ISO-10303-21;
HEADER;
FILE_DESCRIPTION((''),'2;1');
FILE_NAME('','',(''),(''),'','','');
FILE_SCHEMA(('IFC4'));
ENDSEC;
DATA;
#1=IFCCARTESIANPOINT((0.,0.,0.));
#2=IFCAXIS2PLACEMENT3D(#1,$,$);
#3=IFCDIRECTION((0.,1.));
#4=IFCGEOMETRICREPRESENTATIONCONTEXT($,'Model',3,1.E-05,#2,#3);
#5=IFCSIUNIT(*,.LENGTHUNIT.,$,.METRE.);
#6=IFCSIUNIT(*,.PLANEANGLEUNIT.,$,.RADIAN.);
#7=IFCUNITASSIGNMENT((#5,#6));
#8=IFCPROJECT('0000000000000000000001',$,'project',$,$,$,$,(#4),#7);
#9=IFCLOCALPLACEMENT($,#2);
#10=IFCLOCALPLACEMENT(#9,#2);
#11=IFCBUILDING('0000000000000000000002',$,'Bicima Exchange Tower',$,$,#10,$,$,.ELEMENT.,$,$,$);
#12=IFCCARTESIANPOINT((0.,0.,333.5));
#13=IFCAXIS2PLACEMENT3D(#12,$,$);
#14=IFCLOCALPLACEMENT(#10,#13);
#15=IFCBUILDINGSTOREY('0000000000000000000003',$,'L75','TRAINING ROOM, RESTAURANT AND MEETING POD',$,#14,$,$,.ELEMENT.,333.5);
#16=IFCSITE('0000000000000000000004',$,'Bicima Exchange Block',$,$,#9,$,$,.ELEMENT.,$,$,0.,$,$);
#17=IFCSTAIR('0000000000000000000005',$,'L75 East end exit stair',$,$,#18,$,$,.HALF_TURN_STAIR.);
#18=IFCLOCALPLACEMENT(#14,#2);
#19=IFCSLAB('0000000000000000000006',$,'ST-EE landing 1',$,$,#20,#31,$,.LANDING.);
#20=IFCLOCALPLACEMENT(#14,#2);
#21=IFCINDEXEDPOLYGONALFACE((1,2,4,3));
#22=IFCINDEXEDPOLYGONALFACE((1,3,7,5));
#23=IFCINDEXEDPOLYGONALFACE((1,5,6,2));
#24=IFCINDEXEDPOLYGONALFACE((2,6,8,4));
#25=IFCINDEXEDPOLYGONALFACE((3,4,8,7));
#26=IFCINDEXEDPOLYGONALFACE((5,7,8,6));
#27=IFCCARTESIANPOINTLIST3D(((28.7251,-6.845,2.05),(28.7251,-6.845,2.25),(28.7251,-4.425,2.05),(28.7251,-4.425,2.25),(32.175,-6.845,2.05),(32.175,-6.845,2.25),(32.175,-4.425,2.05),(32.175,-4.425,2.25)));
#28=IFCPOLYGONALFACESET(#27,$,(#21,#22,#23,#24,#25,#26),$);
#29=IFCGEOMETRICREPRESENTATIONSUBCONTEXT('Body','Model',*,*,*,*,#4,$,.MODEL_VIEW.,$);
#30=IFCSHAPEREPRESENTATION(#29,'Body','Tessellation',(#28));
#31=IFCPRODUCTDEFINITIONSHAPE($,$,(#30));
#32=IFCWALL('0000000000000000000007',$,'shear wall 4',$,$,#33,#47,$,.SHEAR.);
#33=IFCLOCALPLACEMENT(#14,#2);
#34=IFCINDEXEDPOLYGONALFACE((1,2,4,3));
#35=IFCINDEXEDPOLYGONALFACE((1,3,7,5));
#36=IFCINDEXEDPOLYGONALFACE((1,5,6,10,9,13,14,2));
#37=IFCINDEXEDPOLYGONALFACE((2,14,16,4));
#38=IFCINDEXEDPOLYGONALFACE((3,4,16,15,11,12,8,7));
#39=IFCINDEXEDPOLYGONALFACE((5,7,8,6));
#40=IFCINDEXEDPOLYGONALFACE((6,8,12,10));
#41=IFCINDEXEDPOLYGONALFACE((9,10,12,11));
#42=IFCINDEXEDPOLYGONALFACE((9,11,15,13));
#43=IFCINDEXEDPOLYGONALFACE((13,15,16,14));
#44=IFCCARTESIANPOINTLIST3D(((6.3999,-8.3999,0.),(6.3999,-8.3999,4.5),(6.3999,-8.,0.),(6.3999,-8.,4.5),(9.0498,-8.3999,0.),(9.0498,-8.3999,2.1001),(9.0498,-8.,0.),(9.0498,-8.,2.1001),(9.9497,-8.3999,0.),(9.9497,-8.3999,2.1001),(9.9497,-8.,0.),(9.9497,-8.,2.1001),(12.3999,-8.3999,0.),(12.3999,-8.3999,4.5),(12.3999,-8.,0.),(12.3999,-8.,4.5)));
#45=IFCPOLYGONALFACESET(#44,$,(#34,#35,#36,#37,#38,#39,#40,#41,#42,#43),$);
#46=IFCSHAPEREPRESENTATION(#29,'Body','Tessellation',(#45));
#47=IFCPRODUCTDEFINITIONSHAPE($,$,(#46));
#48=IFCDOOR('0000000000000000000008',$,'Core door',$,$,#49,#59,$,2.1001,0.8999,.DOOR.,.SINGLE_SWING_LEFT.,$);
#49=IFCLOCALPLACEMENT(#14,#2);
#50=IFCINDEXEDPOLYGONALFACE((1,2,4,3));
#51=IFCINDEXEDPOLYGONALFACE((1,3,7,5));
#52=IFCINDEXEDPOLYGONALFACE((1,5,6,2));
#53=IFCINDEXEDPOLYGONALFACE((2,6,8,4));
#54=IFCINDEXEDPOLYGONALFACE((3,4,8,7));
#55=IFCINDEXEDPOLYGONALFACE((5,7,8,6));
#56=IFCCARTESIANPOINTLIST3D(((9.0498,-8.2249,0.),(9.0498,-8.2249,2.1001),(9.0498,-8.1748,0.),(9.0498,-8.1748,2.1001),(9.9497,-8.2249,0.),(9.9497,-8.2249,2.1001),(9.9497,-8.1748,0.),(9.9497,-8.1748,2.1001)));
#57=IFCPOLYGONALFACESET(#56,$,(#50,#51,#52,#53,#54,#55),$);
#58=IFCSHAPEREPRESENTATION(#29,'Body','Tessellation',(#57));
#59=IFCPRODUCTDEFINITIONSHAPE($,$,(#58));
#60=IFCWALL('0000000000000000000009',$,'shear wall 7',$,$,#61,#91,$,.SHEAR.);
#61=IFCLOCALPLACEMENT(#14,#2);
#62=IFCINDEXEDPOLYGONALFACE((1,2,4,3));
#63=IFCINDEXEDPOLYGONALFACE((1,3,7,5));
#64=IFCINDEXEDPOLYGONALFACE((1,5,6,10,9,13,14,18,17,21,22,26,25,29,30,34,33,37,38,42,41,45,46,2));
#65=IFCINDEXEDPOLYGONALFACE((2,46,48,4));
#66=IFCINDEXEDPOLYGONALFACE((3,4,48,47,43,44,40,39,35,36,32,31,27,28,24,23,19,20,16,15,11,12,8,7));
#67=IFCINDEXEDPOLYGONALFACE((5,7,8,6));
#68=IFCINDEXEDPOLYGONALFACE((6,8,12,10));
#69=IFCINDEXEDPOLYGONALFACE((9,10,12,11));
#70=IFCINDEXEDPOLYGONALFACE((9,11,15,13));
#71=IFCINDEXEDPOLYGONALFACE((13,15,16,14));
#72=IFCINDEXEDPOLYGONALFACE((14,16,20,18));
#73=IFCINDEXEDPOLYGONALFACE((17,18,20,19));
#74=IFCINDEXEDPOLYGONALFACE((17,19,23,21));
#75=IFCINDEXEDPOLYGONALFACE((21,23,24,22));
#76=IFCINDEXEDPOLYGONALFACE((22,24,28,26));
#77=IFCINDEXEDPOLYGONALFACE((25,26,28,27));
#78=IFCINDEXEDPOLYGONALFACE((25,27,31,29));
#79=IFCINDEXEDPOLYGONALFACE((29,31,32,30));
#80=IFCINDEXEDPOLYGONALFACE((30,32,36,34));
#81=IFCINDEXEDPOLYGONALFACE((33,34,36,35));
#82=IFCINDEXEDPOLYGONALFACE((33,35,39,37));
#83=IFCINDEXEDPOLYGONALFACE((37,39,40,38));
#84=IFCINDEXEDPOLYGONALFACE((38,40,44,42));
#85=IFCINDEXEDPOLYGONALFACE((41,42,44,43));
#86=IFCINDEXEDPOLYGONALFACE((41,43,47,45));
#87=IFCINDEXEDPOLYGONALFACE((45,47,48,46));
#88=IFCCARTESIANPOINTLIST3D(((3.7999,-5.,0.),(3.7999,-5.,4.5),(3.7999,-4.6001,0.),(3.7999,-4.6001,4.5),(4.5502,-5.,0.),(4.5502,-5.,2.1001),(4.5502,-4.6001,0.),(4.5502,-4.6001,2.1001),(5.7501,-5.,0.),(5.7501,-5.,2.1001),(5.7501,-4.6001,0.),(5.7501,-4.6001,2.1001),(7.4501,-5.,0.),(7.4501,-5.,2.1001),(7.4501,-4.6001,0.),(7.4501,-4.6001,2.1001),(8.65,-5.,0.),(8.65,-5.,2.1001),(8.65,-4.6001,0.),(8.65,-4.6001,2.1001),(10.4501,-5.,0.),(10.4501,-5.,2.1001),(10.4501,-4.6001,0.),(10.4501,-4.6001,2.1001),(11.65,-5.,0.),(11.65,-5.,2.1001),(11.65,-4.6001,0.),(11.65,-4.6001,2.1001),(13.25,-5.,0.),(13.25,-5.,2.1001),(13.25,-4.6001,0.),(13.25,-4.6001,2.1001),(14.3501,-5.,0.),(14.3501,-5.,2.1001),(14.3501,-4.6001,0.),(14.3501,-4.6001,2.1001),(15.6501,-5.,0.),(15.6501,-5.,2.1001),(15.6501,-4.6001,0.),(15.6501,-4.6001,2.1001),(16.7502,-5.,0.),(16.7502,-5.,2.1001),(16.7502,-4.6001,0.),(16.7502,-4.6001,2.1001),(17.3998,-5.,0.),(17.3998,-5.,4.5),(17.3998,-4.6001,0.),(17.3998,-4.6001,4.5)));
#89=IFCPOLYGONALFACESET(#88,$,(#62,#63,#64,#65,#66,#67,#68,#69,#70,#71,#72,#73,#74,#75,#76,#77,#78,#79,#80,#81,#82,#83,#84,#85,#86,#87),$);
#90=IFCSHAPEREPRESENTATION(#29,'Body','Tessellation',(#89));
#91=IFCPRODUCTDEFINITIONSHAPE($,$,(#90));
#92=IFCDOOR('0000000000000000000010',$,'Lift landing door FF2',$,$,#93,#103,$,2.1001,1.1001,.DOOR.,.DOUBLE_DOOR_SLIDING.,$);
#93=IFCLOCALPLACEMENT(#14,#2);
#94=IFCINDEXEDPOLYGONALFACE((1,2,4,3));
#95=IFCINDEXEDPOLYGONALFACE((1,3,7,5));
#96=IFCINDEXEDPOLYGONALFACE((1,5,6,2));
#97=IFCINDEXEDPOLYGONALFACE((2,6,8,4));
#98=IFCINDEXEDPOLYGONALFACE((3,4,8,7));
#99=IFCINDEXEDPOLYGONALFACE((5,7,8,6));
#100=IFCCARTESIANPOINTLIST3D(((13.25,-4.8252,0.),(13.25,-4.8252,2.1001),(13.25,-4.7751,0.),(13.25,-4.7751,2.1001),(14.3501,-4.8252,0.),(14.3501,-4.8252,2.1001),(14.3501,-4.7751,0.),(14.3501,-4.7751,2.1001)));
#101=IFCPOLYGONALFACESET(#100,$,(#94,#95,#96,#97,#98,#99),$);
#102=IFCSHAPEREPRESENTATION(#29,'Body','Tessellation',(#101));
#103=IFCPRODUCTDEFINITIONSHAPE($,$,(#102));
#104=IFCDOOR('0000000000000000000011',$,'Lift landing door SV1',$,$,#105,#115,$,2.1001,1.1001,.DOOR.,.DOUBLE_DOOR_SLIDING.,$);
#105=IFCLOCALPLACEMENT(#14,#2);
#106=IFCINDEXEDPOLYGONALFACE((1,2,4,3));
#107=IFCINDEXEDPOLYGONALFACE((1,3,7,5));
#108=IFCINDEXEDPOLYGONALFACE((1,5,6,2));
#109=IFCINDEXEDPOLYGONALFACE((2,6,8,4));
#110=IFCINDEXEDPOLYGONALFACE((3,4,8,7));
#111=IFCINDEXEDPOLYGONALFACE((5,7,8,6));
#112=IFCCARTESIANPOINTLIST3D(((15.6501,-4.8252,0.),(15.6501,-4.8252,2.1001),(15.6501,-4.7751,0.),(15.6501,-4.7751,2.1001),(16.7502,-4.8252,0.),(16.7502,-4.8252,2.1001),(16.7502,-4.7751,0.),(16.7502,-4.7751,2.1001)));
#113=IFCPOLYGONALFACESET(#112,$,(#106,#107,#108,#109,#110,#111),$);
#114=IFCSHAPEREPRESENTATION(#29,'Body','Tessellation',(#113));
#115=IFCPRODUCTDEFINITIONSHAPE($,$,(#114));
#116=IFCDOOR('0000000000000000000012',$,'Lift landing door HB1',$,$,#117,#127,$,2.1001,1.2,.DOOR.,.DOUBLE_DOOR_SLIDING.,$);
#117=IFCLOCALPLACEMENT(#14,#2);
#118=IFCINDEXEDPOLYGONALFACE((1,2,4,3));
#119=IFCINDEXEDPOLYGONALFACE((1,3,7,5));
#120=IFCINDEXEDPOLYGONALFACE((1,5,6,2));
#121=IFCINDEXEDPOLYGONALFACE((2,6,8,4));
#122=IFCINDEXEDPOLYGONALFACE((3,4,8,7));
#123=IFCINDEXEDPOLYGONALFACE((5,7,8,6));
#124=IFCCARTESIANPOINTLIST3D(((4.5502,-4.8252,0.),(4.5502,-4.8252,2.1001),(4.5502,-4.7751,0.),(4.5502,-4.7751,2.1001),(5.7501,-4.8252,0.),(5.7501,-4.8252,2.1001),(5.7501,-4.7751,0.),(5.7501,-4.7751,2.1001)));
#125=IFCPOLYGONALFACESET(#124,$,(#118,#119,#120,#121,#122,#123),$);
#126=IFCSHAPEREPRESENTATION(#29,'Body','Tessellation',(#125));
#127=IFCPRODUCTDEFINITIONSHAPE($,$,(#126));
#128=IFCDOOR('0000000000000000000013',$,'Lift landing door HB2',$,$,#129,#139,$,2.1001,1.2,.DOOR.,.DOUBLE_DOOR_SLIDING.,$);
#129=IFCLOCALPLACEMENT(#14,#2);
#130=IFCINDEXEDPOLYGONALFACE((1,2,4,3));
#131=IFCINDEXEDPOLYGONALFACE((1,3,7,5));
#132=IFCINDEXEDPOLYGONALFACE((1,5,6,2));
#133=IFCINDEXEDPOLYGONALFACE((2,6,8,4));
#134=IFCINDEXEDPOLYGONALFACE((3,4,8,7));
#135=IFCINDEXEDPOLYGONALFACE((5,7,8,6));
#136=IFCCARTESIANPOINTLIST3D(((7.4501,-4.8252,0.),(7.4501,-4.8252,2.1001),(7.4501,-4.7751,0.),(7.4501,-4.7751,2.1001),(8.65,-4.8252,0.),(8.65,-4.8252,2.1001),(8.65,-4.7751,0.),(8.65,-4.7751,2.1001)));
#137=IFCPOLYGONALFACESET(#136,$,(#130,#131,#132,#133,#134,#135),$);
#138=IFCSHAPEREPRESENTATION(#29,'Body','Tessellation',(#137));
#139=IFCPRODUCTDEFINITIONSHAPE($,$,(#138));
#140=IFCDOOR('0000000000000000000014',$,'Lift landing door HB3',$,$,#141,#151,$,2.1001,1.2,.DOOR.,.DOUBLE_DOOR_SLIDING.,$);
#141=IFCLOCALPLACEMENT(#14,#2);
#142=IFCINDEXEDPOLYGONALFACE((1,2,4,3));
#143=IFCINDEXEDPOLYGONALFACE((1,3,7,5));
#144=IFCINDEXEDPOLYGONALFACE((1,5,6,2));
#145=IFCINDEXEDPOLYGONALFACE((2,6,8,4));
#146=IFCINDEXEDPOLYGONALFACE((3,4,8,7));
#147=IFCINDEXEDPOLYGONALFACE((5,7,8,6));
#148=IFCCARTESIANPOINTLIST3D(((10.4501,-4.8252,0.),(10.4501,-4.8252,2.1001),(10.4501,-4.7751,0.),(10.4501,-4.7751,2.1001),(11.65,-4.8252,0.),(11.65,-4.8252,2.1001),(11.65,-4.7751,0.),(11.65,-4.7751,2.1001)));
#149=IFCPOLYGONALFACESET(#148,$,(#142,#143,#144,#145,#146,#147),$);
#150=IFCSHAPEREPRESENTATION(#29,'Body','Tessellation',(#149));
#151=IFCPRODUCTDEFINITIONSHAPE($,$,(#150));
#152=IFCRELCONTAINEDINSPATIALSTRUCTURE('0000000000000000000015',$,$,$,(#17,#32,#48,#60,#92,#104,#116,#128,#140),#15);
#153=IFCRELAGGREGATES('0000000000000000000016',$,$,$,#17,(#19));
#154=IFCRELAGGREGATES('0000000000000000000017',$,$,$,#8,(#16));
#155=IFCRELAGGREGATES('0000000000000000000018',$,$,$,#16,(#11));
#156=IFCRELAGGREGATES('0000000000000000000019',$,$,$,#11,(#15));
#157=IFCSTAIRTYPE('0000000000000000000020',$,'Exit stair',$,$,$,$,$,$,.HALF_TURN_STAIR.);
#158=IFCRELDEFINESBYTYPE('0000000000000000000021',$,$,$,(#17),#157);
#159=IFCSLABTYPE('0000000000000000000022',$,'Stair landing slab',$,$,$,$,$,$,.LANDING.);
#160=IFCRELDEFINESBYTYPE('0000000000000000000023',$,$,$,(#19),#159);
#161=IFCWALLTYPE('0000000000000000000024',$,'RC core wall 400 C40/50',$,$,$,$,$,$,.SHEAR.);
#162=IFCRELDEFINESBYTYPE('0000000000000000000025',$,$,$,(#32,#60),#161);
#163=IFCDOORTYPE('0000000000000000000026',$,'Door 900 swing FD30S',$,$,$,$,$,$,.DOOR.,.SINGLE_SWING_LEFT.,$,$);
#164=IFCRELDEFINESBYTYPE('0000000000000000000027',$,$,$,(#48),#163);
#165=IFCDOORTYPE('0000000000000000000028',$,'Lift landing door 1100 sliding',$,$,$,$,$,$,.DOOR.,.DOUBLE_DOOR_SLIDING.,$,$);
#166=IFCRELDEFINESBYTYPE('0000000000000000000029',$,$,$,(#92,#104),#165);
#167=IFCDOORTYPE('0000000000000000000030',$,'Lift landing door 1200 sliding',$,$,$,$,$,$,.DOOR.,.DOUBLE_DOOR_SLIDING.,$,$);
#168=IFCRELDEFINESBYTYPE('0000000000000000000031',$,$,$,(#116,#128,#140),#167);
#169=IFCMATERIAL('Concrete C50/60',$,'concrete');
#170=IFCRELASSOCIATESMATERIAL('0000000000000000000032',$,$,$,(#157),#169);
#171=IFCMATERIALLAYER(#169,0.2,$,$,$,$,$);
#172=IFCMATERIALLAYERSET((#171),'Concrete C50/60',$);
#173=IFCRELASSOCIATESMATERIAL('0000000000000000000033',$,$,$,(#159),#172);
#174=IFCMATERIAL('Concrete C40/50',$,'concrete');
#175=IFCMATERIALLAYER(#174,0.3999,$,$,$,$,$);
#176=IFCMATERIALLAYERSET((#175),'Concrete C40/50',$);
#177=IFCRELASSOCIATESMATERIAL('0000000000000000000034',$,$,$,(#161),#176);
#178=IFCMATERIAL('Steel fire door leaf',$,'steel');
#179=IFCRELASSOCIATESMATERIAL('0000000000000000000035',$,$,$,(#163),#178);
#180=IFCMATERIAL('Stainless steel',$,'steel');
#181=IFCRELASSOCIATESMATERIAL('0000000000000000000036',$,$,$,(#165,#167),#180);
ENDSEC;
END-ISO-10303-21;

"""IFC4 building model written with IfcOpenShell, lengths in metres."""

from ifc_helpers import new_model, si_unit, direction, frame, frame_2d, origin, place, context, subcontext, project, spatial, polyline, rectangle, outline, extrude, material, layer, layer_set, type_object, element, fill, aggregate, save


model = new_model("IFC4")

# Units and contexts
model_context = context("Model", 3, precision=1e-05, world=origin(), true_north=direction((0.0, 1.0)))
body_context = subcontext(model_context, "Body", "Model", "MODEL_VIEW")
ifc_project = project(units=[si_unit("LENGTHUNIT", "METRE"), si_unit("PLANEANGLEUNIT", "RADIAN")], contexts=[model_context])

# Site, building, storey
site_placement = place(None, origin())
site = spatial("IfcSite", under=ifc_project, at=site_placement, Name="Bicima Exchange Block", CompositionType="ELEMENT", RefElevation=0.0)
building_placement = place(site_placement, origin())
building = spatial("IfcBuilding", under=site, at=building_placement, Name="Bicima Exchange Tower", CompositionType="ELEMENT")
storey_placement = place(building_placement, frame((0.0, 0.0, 333.5)))
storey = spatial("IfcBuildingStorey", under=building, at=storey_placement, Name="L75", Description="TRAINING ROOM, RESTAURANT AND MEETING POD", CompositionType="ELEMENT", Elevation=333.5)

# Shared definitions
ifc_material_1 = material(Name="Concrete C40/50", Category="concrete")

# Stair, slab
ifc_material_2 = material(Name="Concrete C50/60", Category="concrete")
stair_type_1 = type_object("IfcStairType", Name="Exit stair", PredefinedType="HALF_TURN_STAIR", material=ifc_material_2)
ifc_layer_1 = layer(ifc_material_2, 0.2)
ifc_layer_set_1 = layer_set([ifc_layer_1], Name="Concrete C50/60")
slab_type_1 = type_object("IfcSlabType", Name="Stair landing slab", PredefinedType="LANDING", material=ifc_layer_set_1)
stair_1_placement = place(storey_placement, origin())
stair_1 = element("IfcStair", 1, at=stair_1_placement, inside=storey, type_object=stair_type_1, Name="L75 East end exit stair", PredefinedType="HALF_TURN_STAIR")
slab_1_placement = place(storey_placement, frame((0.0, 0.0, 2.05)))
slab_1 = element("IfcSlab", 2, at=slab_1_placement, type_object=slab_type_1, Name="ST-EE landing 1", PredefinedType="LANDING", context=body_context, shape_type="SweptSolid", body=[
    extrude(outline(polyline([(32.175, -6.845), (32.175, -4.425), (28.7251, -4.425), (28.7251, -6.845), (32.175, -6.845)])), origin(), (0.0, 0.0, 1.0), 0.2),
])
aggregate(stair_1, [slab_1])

# Wall, opening, door
ifc_layer_2 = layer(ifc_material_1, 0.3999)
ifc_layer_set_2 = layer_set([ifc_layer_2], Name="Concrete C40/50")
wall_type_1 = type_object("IfcWallType", Name="RC core wall 400 C40/50", PredefinedType="SHEAR", material=ifc_layer_set_2)
wall_1_placement = place(storey_placement, frame((6.3999, -8.2, 0.0), z_axis=(0.0, 0.0, 1.0), x_axis=(1.0, 0.0, 0.0)))
wall_1 = element("IfcWall", 3, at=wall_1_placement, inside=storey, type_object=wall_type_1, Name="shear wall 4", PredefinedType="SHEAR", context=body_context, shape_type="SweptSolid", body=[
    extrude(rectangle(XDim=6.0, YDim=0.3999, at=frame_2d((3.0, 0.0))), origin(), (0.0, 0.0, 1.0), 4.5),
])
opening_1_placement = place(wall_1_placement, frame((2.6499, 0.0, 0.0)))
opening_1 = element("IfcOpeningElement", 4, at=opening_1_placement, cuts=wall_1, PredefinedType="OPENING", context=body_context, shape_type="SweptSolid", body=[
    extrude(rectangle(XDim=0.8999, YDim=2.1001, at=frame_2d((0.45, 1.05))), frame((0.0, 0.2119, 0.0), z_axis=(0.0, -1.0, 0.0), x_axis=(1.0, 0.0, 0.0)), (0.0, 0.0, 1.0), 0.4238),
])
ifc_material_3 = material(Name="Steel fire door leaf", Category="steel")
door_type_1 = type_object("IfcDoorType", Name="Door 900 swing FD30S", OperationType="SINGLE_SWING_LEFT", PredefinedType="DOOR", material=ifc_material_3)
door_1_placement = place(opening_1_placement, frame((0.8999, 0.0, 0.0), z_axis=(0.0, 0.0, 1.0), x_axis=(-1.0, 0.0, 0.0)))
door_1 = element("IfcDoor", 5, at=door_1_placement, inside=storey, type_object=door_type_1, Name="Core door", OperationType="SINGLE_SWING_LEFT", OverallHeight=2.1001, OverallWidth=0.8999, PredefinedType="DOOR", context=body_context, shape_type="SweptSolid", body=[
    extrude(rectangle(XDim=0.8999, YDim=2.1001, at=frame_2d((0.45, 1.05))), frame((0.0, 0.0249, 0.0), z_axis=(0.0, -1.0, 0.0), x_axis=(1.0, 0.0, 0.0)), (0.0, 0.0, 1.0), 0.05),
])
fill(opening_1, door_1)

# Wall, openings, doors
wall_2_placement = place(storey_placement, frame((3.8, -4.8, 0.0), z_axis=(0.0, 0.0, 1.0), x_axis=(1.0, 0.0, 0.0)))
wall_2 = element("IfcWall", 6, at=wall_2_placement, inside=storey, type_object=wall_type_1, Name="shear wall 7", PredefinedType="SHEAR", context=body_context, shape_type="SweptSolid", body=[
    extrude(rectangle(XDim=13.5999, YDim=0.3999, at=frame_2d((6.7998, 0.0))), origin(), (0.0, 0.0, 1.0), 4.5),
])
opening_2_placement = place(wall_2_placement, frame((0.75, 0.0, 0.0)))
opening_2 = element("IfcOpeningElement", 7, at=opening_2_placement, cuts=wall_2, PredefinedType="OPENING", context=body_context, shape_type="SweptSolid", body=[
    extrude(rectangle(XDim=1.2, YDim=2.1001, at=frame_2d((0.6001, 1.05))), frame((0.0, 0.2119, 0.0), z_axis=(0.0, -1.0, 0.0), x_axis=(1.0, 0.0, 0.0)), (0.0, 0.0, 1.0), 0.4238),
])
opening_3_placement = place(wall_2_placement, frame((3.6499, 0.0, 0.0)))
opening_3 = element("IfcOpeningElement", 8, at=opening_3_placement, cuts=wall_2, PredefinedType="OPENING", context=body_context, shape_type="SweptSolid", body=[
    extrude(rectangle(XDim=1.2, YDim=2.1001, at=frame_2d((0.6001, 1.05))), frame((0.0, 0.2119, 0.0), z_axis=(0.0, -1.0, 0.0), x_axis=(1.0, 0.0, 0.0)), (0.0, 0.0, 1.0), 0.4238),
])
opening_4_placement = place(wall_2_placement, frame((6.6499, 0.0, 0.0)))
opening_4 = element("IfcOpeningElement", 9, at=opening_4_placement, cuts=wall_2, PredefinedType="OPENING", context=body_context, shape_type="SweptSolid", body=[
    extrude(rectangle(XDim=1.2, YDim=2.1001, at=frame_2d((0.6001, 1.05))), frame((0.0, 0.2119, 0.0), z_axis=(0.0, -1.0, 0.0), x_axis=(1.0, 0.0, 0.0)), (0.0, 0.0, 1.0), 0.4238),
])
opening_5_placement = place(wall_2_placement, frame((9.45, 0.0, 0.0)))
opening_5 = element("IfcOpeningElement", 10, at=opening_5_placement, cuts=wall_2, PredefinedType="OPENING", context=body_context, shape_type="SweptSolid", body=[
    extrude(rectangle(XDim=1.1001, YDim=2.1001, at=frame_2d((0.55, 1.05))), frame((0.0, 0.2119, 0.0), z_axis=(0.0, -1.0, 0.0), x_axis=(1.0, 0.0, 0.0)), (0.0, 0.0, 1.0), 0.4238),
])
opening_6_placement = place(wall_2_placement, frame((11.8501, 0.0, 0.0)))
opening_6 = element("IfcOpeningElement", 11, at=opening_6_placement, cuts=wall_2, PredefinedType="OPENING", context=body_context, shape_type="SweptSolid", body=[
    extrude(rectangle(XDim=1.1001, YDim=2.1001, at=frame_2d((0.55, 1.05))), frame((0.0, 0.2119, 0.0), z_axis=(0.0, -1.0, 0.0), x_axis=(1.0, 0.0, 0.0)), (0.0, 0.0, 1.0), 0.4238),
])
ifc_material_4 = material(Name="Stainless steel", Category="steel")
door_type_2 = type_object("IfcDoorType", Name="Lift landing door 1100 sliding", OperationType="DOUBLE_DOOR_SLIDING", PredefinedType="DOOR", material=ifc_material_4)
door_2_placement = place(opening_5_placement, origin())
door_2 = element("IfcDoor", 12, at=door_2_placement, inside=storey, type_object=door_type_2, Name="Lift landing door FF2", OperationType="DOUBLE_DOOR_SLIDING", OverallHeight=2.1001, OverallWidth=1.1001, PredefinedType="DOOR", context=body_context, shape_type="SweptSolid", body=[
    extrude(rectangle(XDim=1.1001, YDim=2.1001, at=frame_2d((0.55, 1.05))), frame((0.0, 0.0249, 0.0), z_axis=(0.0, -1.0, 0.0), x_axis=(1.0, 0.0, 0.0)), (0.0, 0.0, 1.0), 0.05),
])
fill(opening_5, door_2)
door_3_placement = place(opening_6_placement, origin())
door_3 = element("IfcDoor", 13, at=door_3_placement, inside=storey, type_object=door_type_2, Name="Lift landing door SV1", OperationType="DOUBLE_DOOR_SLIDING", OverallHeight=2.1001, OverallWidth=1.1001, PredefinedType="DOOR", context=body_context, shape_type="SweptSolid", body=[
    extrude(rectangle(XDim=1.1001, YDim=2.1001, at=frame_2d((0.55, 1.05))), frame((0.0, 0.0249, 0.0), z_axis=(0.0, -1.0, 0.0), x_axis=(1.0, 0.0, 0.0)), (0.0, 0.0, 1.0), 0.05),
])
fill(opening_6, door_3)
door_type_3 = type_object("IfcDoorType", Name="Lift landing door 1200 sliding", OperationType="DOUBLE_DOOR_SLIDING", PredefinedType="DOOR", material=ifc_material_4)
door_4_placement = place(opening_2_placement, origin())
door_4 = element("IfcDoor", 14, at=door_4_placement, inside=storey, type_object=door_type_3, Name="Lift landing door HB1", OperationType="DOUBLE_DOOR_SLIDING", OverallHeight=2.1001, OverallWidth=1.2, PredefinedType="DOOR", context=body_context, shape_type="SweptSolid", body=[
    extrude(rectangle(XDim=1.2, YDim=2.1001, at=frame_2d((0.6001, 1.05))), frame((0.0, 0.0249, 0.0), z_axis=(0.0, -1.0, 0.0), x_axis=(1.0, 0.0, 0.0)), (0.0, 0.0, 1.0), 0.05),
])
fill(opening_2, door_4)
door_5_placement = place(opening_3_placement, origin())
door_5 = element("IfcDoor", 15, at=door_5_placement, inside=storey, type_object=door_type_3, Name="Lift landing door HB2", OperationType="DOUBLE_DOOR_SLIDING", OverallHeight=2.1001, OverallWidth=1.2, PredefinedType="DOOR", context=body_context, shape_type="SweptSolid", body=[
    extrude(rectangle(XDim=1.2, YDim=2.1001, at=frame_2d((0.6001, 1.05))), frame((0.0, 0.0249, 0.0), z_axis=(0.0, -1.0, 0.0), x_axis=(1.0, 0.0, 0.0)), (0.0, 0.0, 1.0), 0.05),
])
fill(opening_3, door_5)
door_6_placement = place(opening_4_placement, origin())
door_6 = element("IfcDoor", 16, at=door_6_placement, inside=storey, type_object=door_type_3, Name="Lift landing door HB3", OperationType="DOUBLE_DOOR_SLIDING", OverallHeight=2.1001, OverallWidth=1.2, PredefinedType="DOOR", context=body_context, shape_type="SweptSolid", body=[
    extrude(rectangle(XDim=1.2, YDim=2.1001, at=frame_2d((0.6001, 1.05))), frame((0.0, 0.0249, 0.0), z_axis=(0.0, -1.0, 0.0), x_axis=(1.0, 0.0, 0.0)), (0.0, 0.0, 1.0), 0.05),
])
fill(opening_4, door_6)

save(model, "model.ifc")
